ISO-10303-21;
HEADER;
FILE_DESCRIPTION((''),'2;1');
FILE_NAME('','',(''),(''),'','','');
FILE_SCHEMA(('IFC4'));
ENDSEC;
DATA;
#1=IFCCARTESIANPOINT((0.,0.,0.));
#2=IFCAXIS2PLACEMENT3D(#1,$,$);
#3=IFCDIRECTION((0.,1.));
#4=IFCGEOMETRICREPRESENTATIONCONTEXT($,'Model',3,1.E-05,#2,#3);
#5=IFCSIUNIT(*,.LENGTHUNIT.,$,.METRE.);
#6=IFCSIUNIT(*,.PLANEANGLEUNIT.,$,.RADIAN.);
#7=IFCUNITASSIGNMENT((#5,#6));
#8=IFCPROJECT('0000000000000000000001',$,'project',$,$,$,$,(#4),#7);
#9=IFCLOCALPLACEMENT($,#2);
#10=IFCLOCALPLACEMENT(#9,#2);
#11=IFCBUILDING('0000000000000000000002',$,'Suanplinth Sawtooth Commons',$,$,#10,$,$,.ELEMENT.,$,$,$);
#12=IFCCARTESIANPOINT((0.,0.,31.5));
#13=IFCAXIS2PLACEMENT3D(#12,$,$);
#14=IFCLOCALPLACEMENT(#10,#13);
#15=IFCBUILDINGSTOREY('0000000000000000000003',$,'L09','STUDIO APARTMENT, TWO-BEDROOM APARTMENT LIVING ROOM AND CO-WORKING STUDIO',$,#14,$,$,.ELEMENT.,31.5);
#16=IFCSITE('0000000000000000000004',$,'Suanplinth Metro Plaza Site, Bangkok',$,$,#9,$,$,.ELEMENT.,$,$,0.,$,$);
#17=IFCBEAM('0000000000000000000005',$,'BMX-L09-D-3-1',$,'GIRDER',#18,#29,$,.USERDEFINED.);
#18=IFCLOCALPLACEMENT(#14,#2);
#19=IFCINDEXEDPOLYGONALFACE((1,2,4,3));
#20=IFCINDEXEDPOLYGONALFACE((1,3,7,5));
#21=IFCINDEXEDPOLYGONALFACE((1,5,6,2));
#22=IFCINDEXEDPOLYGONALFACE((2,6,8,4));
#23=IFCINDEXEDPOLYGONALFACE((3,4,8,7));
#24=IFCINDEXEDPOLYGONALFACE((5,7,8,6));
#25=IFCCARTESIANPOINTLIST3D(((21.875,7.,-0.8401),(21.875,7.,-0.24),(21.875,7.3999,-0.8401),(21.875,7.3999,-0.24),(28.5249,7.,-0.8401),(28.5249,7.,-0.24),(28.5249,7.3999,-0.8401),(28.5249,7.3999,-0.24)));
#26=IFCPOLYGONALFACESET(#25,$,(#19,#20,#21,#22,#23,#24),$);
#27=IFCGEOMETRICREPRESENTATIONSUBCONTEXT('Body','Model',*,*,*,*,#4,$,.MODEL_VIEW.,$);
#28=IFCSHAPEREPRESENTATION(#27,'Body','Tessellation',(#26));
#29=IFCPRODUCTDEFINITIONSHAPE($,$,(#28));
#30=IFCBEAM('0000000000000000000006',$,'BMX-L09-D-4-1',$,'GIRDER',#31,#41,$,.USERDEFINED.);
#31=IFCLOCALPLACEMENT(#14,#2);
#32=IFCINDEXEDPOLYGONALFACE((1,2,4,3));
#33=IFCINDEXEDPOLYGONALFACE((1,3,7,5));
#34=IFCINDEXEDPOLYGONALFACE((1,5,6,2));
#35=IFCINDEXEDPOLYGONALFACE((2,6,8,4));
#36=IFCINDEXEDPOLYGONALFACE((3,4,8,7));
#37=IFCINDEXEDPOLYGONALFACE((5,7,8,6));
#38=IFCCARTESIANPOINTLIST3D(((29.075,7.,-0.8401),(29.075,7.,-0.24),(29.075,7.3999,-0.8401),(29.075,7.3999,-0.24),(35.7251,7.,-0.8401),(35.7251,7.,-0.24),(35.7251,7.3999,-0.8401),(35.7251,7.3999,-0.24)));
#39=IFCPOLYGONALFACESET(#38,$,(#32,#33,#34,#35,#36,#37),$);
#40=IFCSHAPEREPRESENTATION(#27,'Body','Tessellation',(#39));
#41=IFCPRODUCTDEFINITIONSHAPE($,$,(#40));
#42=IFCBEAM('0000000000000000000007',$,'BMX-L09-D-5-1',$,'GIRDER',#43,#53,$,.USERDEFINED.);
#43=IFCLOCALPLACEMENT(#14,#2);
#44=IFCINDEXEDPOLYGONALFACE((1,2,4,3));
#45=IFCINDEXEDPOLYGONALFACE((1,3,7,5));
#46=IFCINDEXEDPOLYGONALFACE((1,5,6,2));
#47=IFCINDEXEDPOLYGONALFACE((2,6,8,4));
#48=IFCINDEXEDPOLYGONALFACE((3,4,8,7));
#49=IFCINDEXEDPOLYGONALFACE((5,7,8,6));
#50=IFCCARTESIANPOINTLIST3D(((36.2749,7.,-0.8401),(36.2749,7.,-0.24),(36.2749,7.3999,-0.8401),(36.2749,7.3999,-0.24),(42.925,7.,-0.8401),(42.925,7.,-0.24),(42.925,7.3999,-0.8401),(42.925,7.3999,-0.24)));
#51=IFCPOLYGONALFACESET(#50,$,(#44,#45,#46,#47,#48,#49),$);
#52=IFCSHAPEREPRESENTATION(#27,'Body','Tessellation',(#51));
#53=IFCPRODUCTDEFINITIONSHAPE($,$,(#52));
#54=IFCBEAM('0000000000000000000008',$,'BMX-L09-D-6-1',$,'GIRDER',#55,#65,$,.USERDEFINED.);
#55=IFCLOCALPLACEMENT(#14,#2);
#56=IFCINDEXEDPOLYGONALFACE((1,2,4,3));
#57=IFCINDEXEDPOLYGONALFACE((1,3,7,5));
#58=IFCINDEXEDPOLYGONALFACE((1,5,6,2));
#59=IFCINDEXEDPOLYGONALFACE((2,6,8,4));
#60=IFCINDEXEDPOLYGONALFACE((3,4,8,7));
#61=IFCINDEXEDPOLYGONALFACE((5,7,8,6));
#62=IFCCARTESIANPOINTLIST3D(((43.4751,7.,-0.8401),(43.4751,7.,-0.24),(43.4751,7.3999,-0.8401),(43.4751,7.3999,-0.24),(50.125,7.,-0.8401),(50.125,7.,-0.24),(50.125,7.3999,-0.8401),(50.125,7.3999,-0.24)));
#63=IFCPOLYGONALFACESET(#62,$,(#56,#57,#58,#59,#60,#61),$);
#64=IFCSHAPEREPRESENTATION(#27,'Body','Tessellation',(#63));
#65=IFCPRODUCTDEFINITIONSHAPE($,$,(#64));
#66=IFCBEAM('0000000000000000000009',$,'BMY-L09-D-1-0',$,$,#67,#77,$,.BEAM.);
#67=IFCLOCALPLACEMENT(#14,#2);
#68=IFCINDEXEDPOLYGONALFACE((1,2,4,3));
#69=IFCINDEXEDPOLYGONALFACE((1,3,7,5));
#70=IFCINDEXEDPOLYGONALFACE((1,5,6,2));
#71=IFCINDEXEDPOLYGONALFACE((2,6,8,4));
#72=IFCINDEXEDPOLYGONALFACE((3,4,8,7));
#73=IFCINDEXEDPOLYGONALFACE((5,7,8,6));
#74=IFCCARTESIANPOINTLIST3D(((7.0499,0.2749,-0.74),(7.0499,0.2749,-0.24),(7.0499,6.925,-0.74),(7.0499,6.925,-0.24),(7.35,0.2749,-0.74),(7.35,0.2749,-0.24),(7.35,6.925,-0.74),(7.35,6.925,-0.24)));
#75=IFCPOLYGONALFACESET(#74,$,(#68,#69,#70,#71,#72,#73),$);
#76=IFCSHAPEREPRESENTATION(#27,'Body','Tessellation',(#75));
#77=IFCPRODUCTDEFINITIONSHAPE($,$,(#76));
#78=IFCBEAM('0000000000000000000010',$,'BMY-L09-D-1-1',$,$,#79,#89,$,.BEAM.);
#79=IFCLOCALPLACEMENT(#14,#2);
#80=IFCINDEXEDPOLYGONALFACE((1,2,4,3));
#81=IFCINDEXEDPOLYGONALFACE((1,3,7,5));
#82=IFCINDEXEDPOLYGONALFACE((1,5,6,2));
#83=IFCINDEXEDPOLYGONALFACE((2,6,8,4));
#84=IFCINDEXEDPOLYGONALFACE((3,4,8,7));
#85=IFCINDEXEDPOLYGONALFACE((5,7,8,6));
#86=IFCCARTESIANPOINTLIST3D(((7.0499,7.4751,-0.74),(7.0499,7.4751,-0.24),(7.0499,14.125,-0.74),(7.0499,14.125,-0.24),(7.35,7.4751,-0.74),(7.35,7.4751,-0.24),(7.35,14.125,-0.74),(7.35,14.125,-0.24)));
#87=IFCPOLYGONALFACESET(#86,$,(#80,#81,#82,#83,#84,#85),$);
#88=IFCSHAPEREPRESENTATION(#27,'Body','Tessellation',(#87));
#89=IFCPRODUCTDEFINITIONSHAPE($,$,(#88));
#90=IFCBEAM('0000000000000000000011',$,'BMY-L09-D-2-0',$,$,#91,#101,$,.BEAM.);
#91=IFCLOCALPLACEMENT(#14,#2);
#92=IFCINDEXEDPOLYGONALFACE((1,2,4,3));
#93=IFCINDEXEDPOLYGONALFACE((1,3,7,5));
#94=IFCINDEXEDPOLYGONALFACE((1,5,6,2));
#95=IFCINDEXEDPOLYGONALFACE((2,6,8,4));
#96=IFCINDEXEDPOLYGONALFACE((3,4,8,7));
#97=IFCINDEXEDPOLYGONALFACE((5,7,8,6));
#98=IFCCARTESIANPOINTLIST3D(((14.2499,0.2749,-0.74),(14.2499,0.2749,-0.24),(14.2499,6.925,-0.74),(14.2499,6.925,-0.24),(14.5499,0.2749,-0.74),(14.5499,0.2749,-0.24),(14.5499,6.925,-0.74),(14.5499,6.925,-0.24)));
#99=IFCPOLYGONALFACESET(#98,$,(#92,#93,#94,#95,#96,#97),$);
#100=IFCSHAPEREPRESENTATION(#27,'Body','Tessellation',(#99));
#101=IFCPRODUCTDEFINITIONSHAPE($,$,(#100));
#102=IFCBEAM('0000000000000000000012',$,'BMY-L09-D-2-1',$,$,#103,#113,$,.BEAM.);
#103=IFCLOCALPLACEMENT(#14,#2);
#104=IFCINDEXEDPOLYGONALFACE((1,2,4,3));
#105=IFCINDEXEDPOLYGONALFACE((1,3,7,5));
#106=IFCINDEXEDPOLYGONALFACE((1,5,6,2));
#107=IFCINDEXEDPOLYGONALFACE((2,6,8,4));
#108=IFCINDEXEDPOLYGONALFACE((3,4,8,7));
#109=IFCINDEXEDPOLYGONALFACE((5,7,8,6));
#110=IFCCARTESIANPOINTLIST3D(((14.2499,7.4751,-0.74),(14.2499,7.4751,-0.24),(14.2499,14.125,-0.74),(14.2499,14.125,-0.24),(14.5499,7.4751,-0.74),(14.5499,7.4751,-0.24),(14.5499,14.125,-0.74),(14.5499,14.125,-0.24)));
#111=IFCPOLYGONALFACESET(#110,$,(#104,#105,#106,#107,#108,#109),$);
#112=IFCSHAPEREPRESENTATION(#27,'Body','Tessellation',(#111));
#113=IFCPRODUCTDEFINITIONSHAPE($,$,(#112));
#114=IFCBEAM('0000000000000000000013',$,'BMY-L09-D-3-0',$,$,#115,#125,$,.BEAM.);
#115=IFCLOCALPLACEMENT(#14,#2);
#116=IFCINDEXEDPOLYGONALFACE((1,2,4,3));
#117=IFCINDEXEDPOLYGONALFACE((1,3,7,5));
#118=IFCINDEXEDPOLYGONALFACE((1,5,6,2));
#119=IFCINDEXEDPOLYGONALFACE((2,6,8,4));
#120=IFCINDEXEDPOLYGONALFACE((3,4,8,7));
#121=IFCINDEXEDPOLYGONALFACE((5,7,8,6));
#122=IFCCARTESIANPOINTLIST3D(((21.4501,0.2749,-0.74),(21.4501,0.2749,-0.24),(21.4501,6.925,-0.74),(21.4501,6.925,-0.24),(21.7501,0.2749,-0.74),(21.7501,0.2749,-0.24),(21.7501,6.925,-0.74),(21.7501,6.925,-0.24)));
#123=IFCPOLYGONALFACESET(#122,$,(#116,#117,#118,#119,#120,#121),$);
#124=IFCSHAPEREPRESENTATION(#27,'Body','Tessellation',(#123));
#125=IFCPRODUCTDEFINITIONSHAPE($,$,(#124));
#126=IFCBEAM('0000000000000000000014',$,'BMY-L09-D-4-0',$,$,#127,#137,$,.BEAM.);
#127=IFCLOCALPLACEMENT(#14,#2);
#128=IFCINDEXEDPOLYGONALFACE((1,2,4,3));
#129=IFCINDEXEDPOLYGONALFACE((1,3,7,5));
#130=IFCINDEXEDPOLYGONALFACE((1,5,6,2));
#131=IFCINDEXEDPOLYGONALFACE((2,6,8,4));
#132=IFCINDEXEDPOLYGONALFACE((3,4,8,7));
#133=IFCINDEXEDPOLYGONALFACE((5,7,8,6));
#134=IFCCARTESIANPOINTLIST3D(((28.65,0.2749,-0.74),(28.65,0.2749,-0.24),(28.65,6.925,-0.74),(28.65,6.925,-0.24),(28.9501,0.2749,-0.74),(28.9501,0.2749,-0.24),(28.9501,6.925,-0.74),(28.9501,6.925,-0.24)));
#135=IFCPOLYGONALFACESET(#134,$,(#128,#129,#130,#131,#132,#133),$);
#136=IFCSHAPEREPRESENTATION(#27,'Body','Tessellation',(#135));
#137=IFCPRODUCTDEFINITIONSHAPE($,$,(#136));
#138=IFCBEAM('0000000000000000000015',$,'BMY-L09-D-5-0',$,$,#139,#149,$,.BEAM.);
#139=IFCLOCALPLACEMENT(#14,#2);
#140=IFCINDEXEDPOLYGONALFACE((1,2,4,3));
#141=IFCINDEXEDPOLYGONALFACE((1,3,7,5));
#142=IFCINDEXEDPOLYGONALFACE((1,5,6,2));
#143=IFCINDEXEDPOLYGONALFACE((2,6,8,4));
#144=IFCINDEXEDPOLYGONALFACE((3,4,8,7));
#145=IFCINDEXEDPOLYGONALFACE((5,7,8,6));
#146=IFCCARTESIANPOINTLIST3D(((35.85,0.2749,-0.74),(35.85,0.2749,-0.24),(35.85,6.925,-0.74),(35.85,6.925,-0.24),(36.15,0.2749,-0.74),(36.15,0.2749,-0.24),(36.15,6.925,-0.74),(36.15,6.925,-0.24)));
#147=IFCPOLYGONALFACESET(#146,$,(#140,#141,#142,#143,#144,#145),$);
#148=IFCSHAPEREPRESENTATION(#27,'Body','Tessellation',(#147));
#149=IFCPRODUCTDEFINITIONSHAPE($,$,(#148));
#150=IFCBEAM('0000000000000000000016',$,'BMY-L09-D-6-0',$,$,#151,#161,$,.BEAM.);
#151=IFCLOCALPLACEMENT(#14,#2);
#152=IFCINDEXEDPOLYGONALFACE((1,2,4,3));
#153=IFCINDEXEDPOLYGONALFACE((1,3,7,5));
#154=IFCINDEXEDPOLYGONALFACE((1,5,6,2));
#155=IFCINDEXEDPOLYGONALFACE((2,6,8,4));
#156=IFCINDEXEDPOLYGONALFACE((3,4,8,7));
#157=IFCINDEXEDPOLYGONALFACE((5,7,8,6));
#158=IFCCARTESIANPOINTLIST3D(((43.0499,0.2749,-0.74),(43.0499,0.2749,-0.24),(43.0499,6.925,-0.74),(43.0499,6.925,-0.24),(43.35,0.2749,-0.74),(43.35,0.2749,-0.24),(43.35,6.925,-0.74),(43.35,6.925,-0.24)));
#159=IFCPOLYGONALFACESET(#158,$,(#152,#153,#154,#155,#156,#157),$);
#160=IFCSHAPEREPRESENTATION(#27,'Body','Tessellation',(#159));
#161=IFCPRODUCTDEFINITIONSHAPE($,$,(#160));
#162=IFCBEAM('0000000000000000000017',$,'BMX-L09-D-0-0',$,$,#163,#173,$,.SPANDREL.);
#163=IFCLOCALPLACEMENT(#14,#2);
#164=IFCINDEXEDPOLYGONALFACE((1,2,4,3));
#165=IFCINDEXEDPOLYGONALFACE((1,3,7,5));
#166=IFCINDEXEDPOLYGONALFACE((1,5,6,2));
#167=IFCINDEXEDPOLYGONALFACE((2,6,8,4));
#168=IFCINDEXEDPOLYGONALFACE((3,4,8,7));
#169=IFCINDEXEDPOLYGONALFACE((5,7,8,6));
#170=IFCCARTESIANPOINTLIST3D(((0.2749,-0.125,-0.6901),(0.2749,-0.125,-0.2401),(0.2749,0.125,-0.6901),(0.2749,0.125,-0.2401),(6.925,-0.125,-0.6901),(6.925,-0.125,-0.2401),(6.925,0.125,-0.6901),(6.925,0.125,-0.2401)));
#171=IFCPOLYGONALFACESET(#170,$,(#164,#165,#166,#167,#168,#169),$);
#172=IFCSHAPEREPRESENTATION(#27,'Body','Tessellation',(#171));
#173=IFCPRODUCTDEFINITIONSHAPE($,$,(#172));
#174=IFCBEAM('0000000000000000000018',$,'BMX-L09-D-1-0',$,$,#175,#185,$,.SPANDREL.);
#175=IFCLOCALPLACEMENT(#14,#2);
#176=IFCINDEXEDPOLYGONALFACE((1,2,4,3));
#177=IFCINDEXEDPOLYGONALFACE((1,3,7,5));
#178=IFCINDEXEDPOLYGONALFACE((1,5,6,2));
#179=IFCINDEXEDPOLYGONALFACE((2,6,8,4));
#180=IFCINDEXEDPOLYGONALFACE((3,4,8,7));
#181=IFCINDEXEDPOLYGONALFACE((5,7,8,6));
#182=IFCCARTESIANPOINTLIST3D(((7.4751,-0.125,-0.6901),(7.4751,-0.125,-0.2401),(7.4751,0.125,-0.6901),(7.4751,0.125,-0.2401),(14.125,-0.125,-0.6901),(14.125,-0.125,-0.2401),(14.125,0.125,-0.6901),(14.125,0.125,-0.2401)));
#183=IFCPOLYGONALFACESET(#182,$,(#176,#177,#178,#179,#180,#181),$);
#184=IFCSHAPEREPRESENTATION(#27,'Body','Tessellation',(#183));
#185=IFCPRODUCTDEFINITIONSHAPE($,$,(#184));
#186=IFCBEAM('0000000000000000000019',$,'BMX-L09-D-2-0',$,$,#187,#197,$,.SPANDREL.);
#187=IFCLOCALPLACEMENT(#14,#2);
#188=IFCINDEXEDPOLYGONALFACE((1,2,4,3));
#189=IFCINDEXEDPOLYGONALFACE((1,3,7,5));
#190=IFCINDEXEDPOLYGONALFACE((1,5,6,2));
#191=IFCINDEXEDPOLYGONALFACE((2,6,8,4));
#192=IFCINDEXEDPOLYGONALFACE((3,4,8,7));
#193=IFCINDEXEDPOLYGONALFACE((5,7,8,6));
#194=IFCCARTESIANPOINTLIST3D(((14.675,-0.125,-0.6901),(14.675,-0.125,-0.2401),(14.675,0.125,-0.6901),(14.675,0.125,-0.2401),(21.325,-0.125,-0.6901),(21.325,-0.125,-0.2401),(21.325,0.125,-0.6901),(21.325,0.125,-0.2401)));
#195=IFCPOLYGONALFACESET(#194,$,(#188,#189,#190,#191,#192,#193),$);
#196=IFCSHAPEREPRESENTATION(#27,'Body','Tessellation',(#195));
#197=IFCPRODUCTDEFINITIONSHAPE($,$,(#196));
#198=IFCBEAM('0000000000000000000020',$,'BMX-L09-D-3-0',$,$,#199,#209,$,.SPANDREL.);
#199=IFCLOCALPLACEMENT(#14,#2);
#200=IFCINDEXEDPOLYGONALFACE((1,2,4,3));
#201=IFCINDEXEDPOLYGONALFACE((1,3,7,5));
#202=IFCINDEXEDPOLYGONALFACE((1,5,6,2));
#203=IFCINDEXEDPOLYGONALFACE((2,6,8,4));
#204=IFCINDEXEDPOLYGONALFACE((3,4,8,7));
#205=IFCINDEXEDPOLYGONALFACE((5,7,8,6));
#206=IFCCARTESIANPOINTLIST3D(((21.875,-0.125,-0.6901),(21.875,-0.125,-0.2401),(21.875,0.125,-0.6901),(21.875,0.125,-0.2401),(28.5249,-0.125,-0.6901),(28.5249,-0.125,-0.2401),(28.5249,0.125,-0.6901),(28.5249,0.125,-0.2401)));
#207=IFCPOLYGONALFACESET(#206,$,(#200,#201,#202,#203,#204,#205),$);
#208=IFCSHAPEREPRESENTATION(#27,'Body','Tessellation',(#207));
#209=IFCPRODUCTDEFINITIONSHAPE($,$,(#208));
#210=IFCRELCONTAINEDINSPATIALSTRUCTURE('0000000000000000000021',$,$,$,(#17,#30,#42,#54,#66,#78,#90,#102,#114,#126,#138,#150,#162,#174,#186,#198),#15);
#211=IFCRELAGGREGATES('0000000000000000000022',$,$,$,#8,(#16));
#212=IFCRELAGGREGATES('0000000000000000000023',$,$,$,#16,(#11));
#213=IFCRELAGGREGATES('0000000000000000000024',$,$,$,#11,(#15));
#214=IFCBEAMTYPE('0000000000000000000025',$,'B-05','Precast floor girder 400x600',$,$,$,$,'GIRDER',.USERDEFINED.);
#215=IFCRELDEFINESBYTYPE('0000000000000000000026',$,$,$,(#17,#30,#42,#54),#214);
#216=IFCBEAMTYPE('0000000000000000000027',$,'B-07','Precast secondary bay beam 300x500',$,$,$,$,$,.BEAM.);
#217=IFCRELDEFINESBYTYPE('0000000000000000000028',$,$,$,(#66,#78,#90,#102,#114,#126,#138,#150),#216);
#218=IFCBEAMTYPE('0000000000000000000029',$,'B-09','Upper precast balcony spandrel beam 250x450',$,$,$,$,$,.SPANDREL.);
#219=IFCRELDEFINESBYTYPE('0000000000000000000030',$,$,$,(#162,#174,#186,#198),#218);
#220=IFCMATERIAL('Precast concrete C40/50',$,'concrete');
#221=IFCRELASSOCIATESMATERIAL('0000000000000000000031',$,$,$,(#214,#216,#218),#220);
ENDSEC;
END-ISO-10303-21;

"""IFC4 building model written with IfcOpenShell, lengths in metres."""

from ifc_helpers import new_model, si_unit, direction, frame, origin, origin_2d, place, context, subcontext, project, spatial, rectangle, extrude, material, material_profile, profile_set, type_object, element, save


model = new_model("IFC4")

# Units and contexts
model_context = context("Model", 3, precision=1e-05, world=origin(), true_north=direction((0.0, 1.0)))
body_context = subcontext(model_context, "Body", "Model", "MODEL_VIEW")
ifc_project = project(units=[si_unit("LENGTHUNIT", "METRE"), si_unit("PLANEANGLEUNIT", "RADIAN")], contexts=[model_context])

# Site, building, storey
site_placement = place(None, origin())
site = spatial("IfcSite", under=ifc_project, at=site_placement, Name="Suanplinth Metro Plaza Site, Bangkok", CompositionType="ELEMENT", RefElevation=0.0)
building_placement = place(site_placement, origin())
building = spatial("IfcBuilding", under=site, at=building_placement, Name="Suanplinth Sawtooth Commons", CompositionType="ELEMENT")
storey_placement = place(building_placement, frame((0.0, 0.0, 31.5)))
storey = spatial("IfcBuildingStorey", under=building, at=storey_placement, Name="L09", Description="STUDIO APARTMENT, TWO-BEDROOM APARTMENT LIVING ROOM AND CO-WORKING STUDIO", CompositionType="ELEMENT", Elevation=31.5)

# Beams
ifc_material_1 = material(Name="Precast concrete C40/50", Category="concrete")
ifc_material_profile_1 = material_profile(ifc_material_1, rectangle(XDim=0.3999, YDim=0.6001, at=origin_2d()), Name="PC-GDR 400x600")
ifc_profile_set_1 = profile_set([ifc_material_profile_1], Name="Precast concrete C40/50")
beam_type_1 = type_object("IfcBeamType", Name="B-05", Description="Precast floor girder 400x600", ElementType="GIRDER", PredefinedType="USERDEFINED", material=ifc_profile_set_1)
for number, where, z_axis, x_axis, name in (
    (1, (21.875, 7.2, -0.54), (1.0, 0.0, 0.0), (0.0, 1.0, 0.0), "BMX-L09-D-3-1"),
):
    element("IfcBeam", number, at=place(storey_placement, frame(where, z_axis=z_axis, x_axis=x_axis)), inside=storey, type_object=beam_type_1, Name=name, ObjectType="GIRDER", PredefinedType="USERDEFINED", context=body_context, shape_type="SweptSolid", body=[
        extrude(rectangle(XDim=0.3999, YDim=0.6001, at=origin_2d()), origin(), (0.0, 0.0, 1.0), 6.6499),
    ])
for number, where, z_axis, x_axis, name in (
    (2, (29.075, 7.2, -0.54), (1.0, 0.0, 0.0), (0.0, 1.0, 0.0), "BMX-L09-D-4-1"),
    (3, (36.2749, 7.2, -0.54), (1.0, 0.0, 0.0), (0.0, 1.0, 0.0), "BMX-L09-D-5-1"),
):
    element("IfcBeam", number, at=place(storey_placement, frame(where, z_axis=z_axis, x_axis=x_axis)), inside=storey, type_object=beam_type_1, Name=name, ObjectType="GIRDER", PredefinedType="USERDEFINED", context=body_context, shape_type="SweptSolid", body=[
        extrude(rectangle(XDim=0.3999, YDim=0.6001, at=origin_2d()), origin(), (0.0, 0.0, 1.0), 6.6501),
    ])
beam_1_placement = place(storey_placement, frame((43.4751, 7.2, -0.54), z_axis=(1.0, 0.0, 0.0), x_axis=(0.0, 1.0, 0.0)))
element("IfcBeam", 4, at=beam_1_placement, inside=storey, type_object=beam_type_1, Name="BMX-L09-D-6-1", ObjectType="GIRDER", PredefinedType="USERDEFINED", context=body_context, shape_type="SweptSolid", body=[
    extrude(rectangle(XDim=0.3999, YDim=0.6001, at=origin_2d()), origin(), (0.0, 0.0, 1.0), 6.6499),
])
ifc_material_profile_2 = material_profile(ifc_material_1, rectangle(XDim=0.3, YDim=0.5, at=origin_2d()), Name="PC-BM 300x500")
ifc_profile_set_2 = profile_set([ifc_material_profile_2], Name="Precast concrete C40/50")
beam_type_2 = type_object("IfcBeamType", Name="B-07", Description="Precast secondary bay beam 300x500", PredefinedType="BEAM", material=ifc_profile_set_2)
beam_2_placement = place(storey_placement, frame((7.2, 0.2749, -0.49), z_axis=(0.0, 1.0, 0.0), x_axis=(-1.0, 0.0, 0.0)))
element("IfcBeam", 5, at=beam_2_placement, inside=storey, type_object=beam_type_2, Name="BMY-L09-D-1-0", PredefinedType="BEAM", context=body_context, shape_type="SweptSolid", body=[
    extrude(rectangle(XDim=0.3, YDim=0.5, at=origin_2d()), origin(), (0.0, 0.0, 1.0), 6.6501),
])
beam_3_placement = place(storey_placement, frame((7.2, 7.4751, -0.49), z_axis=(0.0, 1.0, 0.0), x_axis=(-1.0, 0.0, 0.0)))
element("IfcBeam", 6, at=beam_3_placement, inside=storey, type_object=beam_type_2, Name="BMY-L09-D-1-1", PredefinedType="BEAM", context=body_context, shape_type="SweptSolid", body=[
    extrude(rectangle(XDim=0.3, YDim=0.5, at=origin_2d()), origin(), (0.0, 0.0, 1.0), 6.6499),
])
beam_4_placement = place(storey_placement, frame((14.3999, 0.2749, -0.49), z_axis=(0.0, 1.0, 0.0), x_axis=(-1.0, 0.0, 0.0)))
element("IfcBeam", 7, at=beam_4_placement, inside=storey, type_object=beam_type_2, Name="BMY-L09-D-2-0", PredefinedType="BEAM", context=body_context, shape_type="SweptSolid", body=[
    extrude(rectangle(XDim=0.3, YDim=0.5, at=origin_2d()), origin(), (0.0, 0.0, 1.0), 6.6501),
])
beam_5_placement = place(storey_placement, frame((14.3999, 7.4751, -0.49), z_axis=(0.0, 1.0, 0.0), x_axis=(-1.0, 0.0, 0.0)))
element("IfcBeam", 8, at=beam_5_placement, inside=storey, type_object=beam_type_2, Name="BMY-L09-D-2-1", PredefinedType="BEAM", context=body_context, shape_type="SweptSolid", body=[
    extrude(rectangle(XDim=0.3, YDim=0.5, at=origin_2d()), origin(), (0.0, 0.0, 1.0), 6.6499),
])
for number, where, z_axis, x_axis, name in (
    (9, (21.6001, 0.2749, -0.49), (0.0, 1.0, 0.0), (-1.0, 0.0, 0.0), "BMY-L09-D-3-0"),
    (10, (28.8, 0.2749, -0.49), (0.0, 1.0, 0.0), (-1.0, 0.0, 0.0), "BMY-L09-D-4-0"),
    (11, (36.0, 0.2749, -0.49), (0.0, 1.0, 0.0), (-1.0, 0.0, 0.0), "BMY-L09-D-5-0"),
    (12, (43.2, 0.2749, -0.49), (0.0, 1.0, 0.0), (-1.0, 0.0, 0.0), "BMY-L09-D-6-0"),
):
    element("IfcBeam", number, at=place(storey_placement, frame(where, z_axis=z_axis, x_axis=x_axis)), inside=storey, type_object=beam_type_2, Name=name, PredefinedType="BEAM", context=body_context, shape_type="SweptSolid", body=[
        extrude(rectangle(XDim=0.3, YDim=0.5, at=origin_2d()), origin(), (0.0, 0.0, 1.0), 6.6501),
    ])
ifc_material_profile_3 = material_profile(ifc_material_1, rectangle(XDim=0.25, YDim=0.45, at=origin_2d()), Name="PC-SP 250x450")
ifc_profile_set_3 = profile_set([ifc_material_profile_3], Name="Precast concrete C40/50")
beam_type_3 = type_object("IfcBeamType", Name="B-09", Description="Upper precast balcony spandrel beam 250x450", PredefinedType="SPANDREL", material=ifc_profile_set_3)
beam_6_placement = place(storey_placement, frame((0.2749, 0.0, -0.4651), z_axis=(1.0, 0.0, 0.0), x_axis=(0.0, 1.0, 0.0)))
element("IfcBeam", 13, at=beam_6_placement, inside=storey, type_object=beam_type_3, Name="BMX-L09-D-0-0", PredefinedType="SPANDREL", context=body_context, shape_type="SweptSolid", body=[
    extrude(rectangle(XDim=0.25, YDim=0.45, at=origin_2d()), origin(), (0.0, 0.0, 1.0), 6.6501),
])
for number, where, z_axis, x_axis, name in (
    (14, (7.4751, 0.0, -0.4651), (1.0, 0.0, 0.0), (0.0, 1.0, 0.0), "BMX-L09-D-1-0"),
    (15, (14.675, 0.0, -0.4651), (1.0, 0.0, 0.0), (0.0, 1.0, 0.0), "BMX-L09-D-2-0"),
    (16, (21.875, 0.0, -0.4651), (1.0, 0.0, 0.0), (0.0, 1.0, 0.0), "BMX-L09-D-3-0"),
):
    element("IfcBeam", number, at=place(storey_placement, frame(where, z_axis=z_axis, x_axis=x_axis)), inside=storey, type_object=beam_type_3, Name=name, PredefinedType="SPANDREL", context=body_context, shape_type="SweptSolid", body=[
        extrude(rectangle(XDim=0.25, YDim=0.45, at=origin_2d()), origin(), (0.0, 0.0, 1.0), 6.6499),
    ])

save(model, "model.ifc")
